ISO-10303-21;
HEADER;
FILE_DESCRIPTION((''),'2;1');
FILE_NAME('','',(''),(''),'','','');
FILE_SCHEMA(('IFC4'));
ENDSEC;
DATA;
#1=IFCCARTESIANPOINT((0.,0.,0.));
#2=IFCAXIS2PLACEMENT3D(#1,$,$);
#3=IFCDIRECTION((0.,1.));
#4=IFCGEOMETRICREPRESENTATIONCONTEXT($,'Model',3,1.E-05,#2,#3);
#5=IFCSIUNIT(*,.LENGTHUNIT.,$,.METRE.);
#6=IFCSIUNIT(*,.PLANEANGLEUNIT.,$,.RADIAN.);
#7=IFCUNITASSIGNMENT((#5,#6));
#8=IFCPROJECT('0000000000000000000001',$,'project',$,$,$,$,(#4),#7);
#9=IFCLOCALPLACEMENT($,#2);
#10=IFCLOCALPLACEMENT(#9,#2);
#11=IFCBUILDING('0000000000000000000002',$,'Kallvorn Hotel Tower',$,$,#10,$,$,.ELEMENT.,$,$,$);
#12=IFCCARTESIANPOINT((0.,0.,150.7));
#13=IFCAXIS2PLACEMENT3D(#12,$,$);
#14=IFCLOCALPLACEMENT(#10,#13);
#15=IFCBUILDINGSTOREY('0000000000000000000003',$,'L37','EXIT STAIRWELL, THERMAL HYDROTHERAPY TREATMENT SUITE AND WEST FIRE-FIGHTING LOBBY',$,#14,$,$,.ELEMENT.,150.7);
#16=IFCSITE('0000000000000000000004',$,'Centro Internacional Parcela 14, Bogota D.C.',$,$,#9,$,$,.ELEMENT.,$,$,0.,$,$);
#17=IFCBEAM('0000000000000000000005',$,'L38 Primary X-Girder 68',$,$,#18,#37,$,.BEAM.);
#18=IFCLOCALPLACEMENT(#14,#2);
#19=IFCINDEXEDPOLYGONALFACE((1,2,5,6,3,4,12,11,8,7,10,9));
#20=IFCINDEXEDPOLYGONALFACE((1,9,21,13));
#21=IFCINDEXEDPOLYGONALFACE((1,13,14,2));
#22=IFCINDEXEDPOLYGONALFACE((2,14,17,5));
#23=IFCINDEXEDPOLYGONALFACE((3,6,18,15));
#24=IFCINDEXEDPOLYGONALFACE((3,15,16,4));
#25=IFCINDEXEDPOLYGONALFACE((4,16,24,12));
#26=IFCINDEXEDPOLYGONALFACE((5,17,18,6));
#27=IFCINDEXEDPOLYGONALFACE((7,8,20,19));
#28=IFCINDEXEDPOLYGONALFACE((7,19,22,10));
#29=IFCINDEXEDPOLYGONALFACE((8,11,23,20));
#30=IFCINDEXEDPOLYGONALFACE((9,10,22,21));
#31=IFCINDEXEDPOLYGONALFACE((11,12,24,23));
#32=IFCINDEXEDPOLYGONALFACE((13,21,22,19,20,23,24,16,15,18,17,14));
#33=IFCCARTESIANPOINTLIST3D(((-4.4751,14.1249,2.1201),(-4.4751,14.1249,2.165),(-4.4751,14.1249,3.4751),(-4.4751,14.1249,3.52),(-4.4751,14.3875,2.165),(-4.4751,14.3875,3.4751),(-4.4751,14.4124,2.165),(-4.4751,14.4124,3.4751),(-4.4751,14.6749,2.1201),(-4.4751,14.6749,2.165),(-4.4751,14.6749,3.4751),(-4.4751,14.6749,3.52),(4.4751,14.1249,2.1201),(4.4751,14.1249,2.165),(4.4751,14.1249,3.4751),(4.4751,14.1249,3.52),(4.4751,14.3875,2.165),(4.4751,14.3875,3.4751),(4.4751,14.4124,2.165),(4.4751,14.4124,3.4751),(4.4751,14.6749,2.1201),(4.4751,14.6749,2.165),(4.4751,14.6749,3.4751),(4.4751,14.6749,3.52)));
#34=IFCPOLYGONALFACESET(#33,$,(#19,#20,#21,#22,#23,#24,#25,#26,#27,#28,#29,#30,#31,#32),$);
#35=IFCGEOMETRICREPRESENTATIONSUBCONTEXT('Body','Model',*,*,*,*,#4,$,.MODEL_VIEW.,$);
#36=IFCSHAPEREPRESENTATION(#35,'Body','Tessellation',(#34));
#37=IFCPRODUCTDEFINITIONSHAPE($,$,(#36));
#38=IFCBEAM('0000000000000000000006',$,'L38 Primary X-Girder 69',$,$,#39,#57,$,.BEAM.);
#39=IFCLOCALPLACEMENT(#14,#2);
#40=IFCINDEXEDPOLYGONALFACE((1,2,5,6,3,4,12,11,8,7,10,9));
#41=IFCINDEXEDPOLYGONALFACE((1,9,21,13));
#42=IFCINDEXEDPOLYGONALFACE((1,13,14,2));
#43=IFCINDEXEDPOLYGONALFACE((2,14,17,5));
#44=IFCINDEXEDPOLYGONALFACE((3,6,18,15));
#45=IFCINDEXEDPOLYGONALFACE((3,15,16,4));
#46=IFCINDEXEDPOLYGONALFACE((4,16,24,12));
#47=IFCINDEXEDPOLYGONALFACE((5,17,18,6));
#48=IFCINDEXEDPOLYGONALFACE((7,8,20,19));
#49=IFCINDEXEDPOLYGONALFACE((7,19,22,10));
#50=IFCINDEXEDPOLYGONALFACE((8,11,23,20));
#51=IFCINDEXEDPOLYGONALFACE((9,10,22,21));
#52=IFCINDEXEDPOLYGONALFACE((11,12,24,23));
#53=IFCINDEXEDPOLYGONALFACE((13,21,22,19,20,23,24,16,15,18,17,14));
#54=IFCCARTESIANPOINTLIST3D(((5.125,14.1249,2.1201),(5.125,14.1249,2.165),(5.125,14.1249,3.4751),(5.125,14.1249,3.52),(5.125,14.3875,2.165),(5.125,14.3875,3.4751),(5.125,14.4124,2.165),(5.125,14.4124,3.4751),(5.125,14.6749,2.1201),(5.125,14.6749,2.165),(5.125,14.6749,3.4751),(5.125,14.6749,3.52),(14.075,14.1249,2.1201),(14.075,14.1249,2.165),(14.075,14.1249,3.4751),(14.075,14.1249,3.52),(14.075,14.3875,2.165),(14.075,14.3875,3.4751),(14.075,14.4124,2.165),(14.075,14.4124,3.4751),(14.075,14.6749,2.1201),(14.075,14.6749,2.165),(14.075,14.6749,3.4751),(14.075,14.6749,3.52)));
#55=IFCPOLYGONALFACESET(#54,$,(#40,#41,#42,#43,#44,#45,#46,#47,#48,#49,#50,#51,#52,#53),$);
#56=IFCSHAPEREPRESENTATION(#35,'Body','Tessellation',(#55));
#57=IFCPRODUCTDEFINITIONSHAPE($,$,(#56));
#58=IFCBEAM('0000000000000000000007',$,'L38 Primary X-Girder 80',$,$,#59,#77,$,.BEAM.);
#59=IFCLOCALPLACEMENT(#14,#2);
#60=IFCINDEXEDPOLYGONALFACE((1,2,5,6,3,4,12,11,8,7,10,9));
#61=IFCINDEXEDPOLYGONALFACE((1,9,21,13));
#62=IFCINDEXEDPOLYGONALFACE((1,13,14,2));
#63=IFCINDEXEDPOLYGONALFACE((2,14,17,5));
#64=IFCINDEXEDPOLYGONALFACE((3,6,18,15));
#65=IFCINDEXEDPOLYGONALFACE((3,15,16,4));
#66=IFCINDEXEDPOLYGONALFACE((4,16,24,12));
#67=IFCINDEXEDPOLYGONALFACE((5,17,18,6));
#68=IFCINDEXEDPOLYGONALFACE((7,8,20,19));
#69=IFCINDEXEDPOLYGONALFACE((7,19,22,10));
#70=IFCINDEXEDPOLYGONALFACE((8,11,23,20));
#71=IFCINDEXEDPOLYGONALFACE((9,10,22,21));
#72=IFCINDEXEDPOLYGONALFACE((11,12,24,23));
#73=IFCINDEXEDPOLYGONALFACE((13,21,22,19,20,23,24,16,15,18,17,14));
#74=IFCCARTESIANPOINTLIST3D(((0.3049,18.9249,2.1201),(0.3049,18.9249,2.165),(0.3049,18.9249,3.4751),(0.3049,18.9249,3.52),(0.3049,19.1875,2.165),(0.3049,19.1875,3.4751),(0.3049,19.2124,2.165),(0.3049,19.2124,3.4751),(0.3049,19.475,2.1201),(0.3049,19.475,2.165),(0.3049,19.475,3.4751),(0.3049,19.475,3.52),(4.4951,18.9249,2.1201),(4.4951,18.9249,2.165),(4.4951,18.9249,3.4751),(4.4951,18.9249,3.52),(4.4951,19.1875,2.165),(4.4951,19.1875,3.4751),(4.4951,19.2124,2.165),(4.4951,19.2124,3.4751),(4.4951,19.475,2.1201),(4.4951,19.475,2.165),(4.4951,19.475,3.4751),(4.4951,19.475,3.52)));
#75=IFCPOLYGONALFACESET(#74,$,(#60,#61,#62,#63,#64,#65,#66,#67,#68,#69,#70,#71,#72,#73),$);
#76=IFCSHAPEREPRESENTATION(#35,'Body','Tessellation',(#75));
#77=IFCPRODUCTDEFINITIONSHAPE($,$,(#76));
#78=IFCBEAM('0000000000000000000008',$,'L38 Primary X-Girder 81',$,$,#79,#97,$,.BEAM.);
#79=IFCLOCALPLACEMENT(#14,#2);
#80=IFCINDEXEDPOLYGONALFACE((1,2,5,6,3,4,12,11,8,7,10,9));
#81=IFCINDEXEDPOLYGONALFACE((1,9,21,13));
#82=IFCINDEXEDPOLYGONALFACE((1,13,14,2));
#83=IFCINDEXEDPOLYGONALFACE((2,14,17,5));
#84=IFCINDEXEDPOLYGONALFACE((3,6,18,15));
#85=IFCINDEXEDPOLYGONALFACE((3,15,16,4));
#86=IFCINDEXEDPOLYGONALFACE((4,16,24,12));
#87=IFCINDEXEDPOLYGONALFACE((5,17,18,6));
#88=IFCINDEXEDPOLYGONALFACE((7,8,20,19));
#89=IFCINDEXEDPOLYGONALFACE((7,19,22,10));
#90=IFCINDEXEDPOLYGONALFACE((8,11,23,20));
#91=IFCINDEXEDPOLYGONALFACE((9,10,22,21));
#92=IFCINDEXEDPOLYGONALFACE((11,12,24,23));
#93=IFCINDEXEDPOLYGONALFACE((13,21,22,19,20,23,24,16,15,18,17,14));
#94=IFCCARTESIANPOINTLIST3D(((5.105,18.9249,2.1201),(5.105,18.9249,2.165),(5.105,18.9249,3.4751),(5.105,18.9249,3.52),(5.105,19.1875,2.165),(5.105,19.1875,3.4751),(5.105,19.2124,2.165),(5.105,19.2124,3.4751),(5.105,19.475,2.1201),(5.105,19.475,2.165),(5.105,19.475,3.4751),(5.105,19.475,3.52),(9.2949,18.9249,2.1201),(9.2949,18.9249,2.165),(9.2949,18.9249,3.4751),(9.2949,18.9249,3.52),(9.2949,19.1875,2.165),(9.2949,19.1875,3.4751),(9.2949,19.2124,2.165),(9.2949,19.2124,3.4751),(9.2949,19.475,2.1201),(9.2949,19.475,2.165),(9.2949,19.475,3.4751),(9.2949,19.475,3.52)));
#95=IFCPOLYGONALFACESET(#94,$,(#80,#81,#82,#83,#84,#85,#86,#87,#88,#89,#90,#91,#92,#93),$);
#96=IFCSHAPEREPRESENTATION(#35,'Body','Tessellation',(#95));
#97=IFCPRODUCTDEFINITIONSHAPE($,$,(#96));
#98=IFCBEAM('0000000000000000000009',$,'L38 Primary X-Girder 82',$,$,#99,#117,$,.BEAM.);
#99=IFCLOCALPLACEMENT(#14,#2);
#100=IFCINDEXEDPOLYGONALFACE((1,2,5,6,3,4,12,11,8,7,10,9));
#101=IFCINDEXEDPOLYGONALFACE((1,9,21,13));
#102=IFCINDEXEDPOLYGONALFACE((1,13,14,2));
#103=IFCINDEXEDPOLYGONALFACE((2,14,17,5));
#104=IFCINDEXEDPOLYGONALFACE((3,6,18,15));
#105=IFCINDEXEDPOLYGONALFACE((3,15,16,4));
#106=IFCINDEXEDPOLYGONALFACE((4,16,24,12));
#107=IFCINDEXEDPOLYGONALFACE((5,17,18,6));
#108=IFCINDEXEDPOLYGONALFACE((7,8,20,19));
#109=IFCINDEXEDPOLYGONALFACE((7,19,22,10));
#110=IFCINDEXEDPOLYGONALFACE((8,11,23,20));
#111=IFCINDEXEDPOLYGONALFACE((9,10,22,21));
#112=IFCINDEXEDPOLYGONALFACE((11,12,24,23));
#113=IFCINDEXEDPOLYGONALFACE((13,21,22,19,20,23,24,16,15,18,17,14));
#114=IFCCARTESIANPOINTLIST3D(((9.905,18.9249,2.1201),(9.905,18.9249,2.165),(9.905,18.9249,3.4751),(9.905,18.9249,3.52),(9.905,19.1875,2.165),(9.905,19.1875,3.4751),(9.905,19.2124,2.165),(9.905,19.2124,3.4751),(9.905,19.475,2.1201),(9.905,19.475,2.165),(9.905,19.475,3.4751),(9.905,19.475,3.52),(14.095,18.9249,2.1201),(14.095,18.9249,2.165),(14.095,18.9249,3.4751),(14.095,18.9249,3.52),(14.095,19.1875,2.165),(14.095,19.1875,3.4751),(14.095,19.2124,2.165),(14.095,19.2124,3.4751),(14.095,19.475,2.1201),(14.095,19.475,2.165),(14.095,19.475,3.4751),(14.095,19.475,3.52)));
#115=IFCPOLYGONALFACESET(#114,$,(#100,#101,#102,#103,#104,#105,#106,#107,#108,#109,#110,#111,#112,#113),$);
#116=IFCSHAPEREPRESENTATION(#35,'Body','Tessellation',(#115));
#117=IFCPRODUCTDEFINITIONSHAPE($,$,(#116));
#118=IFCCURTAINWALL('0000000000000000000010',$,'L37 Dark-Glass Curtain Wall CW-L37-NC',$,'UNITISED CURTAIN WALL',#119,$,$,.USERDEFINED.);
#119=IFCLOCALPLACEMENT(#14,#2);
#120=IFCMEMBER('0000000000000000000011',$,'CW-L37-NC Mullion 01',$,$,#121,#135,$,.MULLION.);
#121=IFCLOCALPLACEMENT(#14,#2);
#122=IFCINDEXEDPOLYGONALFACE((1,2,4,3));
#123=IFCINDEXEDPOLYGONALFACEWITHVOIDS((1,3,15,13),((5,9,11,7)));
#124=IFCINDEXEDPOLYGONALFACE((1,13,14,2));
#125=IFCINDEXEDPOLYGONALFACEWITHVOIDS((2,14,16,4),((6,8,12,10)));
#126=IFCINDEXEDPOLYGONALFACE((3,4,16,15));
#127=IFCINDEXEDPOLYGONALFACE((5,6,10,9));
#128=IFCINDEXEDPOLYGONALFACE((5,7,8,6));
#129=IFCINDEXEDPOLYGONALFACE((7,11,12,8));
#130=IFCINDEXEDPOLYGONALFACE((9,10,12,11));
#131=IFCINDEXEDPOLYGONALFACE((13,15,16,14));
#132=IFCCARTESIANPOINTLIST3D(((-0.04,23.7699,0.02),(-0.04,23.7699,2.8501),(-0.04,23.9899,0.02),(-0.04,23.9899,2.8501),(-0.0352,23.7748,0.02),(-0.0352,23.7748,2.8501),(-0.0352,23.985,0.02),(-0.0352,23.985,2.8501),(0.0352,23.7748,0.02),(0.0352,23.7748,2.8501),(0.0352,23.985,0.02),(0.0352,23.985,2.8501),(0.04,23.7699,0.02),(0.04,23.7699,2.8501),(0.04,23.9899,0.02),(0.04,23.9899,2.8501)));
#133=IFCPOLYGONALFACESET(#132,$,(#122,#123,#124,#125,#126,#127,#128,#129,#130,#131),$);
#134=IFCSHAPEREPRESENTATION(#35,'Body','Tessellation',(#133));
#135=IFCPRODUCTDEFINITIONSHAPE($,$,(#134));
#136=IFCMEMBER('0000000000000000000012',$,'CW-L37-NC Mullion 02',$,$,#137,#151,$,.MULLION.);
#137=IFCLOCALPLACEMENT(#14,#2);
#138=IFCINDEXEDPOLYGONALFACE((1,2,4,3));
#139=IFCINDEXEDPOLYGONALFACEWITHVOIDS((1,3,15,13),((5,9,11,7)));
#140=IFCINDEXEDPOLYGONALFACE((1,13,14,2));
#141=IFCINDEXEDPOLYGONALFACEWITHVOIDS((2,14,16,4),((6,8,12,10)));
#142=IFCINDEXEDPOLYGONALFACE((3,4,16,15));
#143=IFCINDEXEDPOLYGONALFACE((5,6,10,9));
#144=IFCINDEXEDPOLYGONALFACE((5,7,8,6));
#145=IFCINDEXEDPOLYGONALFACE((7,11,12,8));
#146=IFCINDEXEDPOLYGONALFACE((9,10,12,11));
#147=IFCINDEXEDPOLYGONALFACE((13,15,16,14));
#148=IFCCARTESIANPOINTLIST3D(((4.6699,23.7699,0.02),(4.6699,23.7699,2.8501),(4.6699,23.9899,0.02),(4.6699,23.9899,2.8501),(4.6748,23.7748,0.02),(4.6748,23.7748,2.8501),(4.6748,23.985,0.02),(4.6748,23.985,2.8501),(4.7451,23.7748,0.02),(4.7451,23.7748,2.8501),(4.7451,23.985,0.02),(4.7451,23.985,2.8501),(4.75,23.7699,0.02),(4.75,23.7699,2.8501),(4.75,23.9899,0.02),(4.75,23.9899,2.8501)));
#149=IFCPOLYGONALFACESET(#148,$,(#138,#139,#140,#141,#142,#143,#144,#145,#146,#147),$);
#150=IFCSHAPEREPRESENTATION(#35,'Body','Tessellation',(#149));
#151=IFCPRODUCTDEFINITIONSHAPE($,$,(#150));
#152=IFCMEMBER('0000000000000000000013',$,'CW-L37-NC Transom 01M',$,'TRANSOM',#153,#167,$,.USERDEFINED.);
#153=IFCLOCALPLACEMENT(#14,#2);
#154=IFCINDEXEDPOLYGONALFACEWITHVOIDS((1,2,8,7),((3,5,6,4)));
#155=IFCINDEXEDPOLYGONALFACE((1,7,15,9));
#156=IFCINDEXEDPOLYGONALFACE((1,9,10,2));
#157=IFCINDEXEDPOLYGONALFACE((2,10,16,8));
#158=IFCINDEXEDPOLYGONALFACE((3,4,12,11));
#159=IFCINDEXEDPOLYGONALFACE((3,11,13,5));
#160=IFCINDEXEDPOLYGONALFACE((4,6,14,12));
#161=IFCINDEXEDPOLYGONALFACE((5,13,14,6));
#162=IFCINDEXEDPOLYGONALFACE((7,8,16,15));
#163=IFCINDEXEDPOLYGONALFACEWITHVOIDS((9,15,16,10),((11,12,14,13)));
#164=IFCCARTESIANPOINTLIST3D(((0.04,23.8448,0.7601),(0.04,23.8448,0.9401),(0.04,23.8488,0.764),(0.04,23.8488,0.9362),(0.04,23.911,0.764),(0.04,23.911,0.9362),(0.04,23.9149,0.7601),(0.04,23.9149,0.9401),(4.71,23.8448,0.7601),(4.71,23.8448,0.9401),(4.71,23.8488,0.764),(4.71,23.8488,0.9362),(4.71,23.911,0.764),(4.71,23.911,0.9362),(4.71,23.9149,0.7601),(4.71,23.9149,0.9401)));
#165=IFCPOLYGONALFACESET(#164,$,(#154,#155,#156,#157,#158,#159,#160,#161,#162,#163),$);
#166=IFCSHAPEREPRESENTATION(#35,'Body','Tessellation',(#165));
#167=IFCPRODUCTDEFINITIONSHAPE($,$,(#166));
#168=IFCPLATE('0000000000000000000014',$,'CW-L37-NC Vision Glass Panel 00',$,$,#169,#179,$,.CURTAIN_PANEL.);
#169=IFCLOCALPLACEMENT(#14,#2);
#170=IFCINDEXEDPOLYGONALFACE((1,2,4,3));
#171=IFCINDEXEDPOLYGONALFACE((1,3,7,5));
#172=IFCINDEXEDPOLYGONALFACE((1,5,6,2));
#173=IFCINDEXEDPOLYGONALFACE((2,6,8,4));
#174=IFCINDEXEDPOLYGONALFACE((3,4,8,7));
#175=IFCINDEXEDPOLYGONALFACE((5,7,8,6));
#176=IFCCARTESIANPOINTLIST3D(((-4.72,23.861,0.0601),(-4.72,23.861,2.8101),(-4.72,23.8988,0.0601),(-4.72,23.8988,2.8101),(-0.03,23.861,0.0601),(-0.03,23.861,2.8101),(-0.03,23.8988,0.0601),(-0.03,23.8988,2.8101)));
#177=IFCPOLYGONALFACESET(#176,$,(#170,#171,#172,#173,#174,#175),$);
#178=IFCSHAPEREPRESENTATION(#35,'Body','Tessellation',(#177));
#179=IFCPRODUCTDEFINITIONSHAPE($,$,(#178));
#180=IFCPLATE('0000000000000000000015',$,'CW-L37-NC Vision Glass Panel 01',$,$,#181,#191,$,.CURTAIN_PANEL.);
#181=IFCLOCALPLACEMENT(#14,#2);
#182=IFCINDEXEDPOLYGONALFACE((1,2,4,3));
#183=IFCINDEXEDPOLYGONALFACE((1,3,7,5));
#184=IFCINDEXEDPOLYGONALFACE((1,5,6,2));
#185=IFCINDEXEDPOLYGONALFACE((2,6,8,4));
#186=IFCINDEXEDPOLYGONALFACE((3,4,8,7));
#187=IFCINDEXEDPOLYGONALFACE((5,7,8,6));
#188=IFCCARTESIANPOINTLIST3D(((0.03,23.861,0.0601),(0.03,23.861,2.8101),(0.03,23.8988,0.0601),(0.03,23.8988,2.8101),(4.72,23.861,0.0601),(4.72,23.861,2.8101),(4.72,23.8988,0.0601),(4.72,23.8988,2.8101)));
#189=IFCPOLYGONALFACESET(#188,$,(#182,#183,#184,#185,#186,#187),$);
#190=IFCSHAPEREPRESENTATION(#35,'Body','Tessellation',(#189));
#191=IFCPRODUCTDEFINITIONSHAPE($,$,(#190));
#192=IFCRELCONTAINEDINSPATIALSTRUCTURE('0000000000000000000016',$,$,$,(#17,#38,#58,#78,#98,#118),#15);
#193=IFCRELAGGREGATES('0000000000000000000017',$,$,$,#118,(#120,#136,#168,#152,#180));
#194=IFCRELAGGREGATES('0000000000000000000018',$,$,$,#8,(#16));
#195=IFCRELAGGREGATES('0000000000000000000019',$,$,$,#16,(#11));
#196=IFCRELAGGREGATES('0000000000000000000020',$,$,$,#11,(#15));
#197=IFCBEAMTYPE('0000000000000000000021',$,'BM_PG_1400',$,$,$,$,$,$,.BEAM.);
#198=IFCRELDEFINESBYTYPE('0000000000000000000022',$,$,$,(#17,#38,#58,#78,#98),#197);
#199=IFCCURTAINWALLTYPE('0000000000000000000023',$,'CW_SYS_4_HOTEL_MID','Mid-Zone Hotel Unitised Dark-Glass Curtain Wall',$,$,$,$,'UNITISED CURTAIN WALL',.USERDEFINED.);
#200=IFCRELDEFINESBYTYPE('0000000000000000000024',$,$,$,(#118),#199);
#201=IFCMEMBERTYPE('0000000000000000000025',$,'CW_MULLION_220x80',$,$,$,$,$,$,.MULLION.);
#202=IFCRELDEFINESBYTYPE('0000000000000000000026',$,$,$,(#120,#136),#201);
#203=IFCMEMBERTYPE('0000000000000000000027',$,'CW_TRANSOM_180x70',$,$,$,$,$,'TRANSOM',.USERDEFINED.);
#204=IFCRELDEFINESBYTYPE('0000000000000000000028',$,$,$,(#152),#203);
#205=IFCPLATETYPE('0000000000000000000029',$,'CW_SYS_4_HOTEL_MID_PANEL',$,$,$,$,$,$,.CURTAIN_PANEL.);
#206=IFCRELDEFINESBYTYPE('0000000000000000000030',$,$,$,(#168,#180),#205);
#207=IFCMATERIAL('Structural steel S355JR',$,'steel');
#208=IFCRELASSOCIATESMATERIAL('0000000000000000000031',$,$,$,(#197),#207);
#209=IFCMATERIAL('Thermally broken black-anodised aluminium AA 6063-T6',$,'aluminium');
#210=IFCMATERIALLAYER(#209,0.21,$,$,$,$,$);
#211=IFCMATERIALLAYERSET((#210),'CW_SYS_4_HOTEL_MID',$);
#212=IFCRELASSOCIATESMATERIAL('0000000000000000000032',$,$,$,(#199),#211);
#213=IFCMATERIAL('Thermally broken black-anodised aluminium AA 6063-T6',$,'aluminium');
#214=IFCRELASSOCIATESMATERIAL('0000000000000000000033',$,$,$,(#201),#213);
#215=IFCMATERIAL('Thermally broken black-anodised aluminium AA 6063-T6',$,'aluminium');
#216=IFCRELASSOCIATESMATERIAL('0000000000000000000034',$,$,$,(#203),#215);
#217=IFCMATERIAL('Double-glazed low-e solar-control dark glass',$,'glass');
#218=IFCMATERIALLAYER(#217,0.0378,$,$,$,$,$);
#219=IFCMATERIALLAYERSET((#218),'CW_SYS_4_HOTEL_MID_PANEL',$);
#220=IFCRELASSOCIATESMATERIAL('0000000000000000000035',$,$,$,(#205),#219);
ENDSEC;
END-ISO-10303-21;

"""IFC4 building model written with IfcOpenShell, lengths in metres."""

from ifc_helpers import new_model, si_unit, direction, frame, origin, origin_2d, place, context, subcontext, project, spatial, rectangle, hollow_rectangle, i_section, extrude, material, layer, layer_set, material_profile, profile_set, type_object, element, aggregate, save


model = new_model("IFC4")

# Units and contexts
model_context = context("Model", 3, precision=1e-05, world=origin(), true_north=direction((0.0, 1.0)))
body_context = subcontext(model_context, "Body", "Model", "MODEL_VIEW")
ifc_project = project(units=[si_unit("LENGTHUNIT", "METRE"), si_unit("PLANEANGLEUNIT", "RADIAN")], contexts=[model_context])

# Site, building, storey
site_placement = place(None, origin())
site = spatial("IfcSite", under=ifc_project, at=site_placement, Name="Centro Internacional Parcela 14, Bogota D.C.", CompositionType="ELEMENT", RefElevation=0.0)
building_placement = place(site_placement, origin())
building = spatial("IfcBuilding", under=site, at=building_placement, Name="Kallvorn Hotel Tower", CompositionType="ELEMENT")
storey_placement = place(building_placement, frame((0.0, 0.0, 150.7)))
storey = spatial("IfcBuildingStorey", under=building, at=storey_placement, Name="L37", Description="EXIT STAIRWELL, THERMAL HYDROTHERAPY TREATMENT SUITE AND WEST FIRE-FIGHTING LOBBY", CompositionType="ELEMENT", Elevation=150.7)

# Beams
ifc_material_1 = material(Name="Structural steel S355JR", Category="steel")
ifc_material_profile_1 = material_profile(ifc_material_1, i_section(OverallWidth=0.55, OverallDepth=1.3999, WebThickness=0.0249, FlangeThickness=0.0449, at=origin_2d()), Name="PG 1400x550x25x45")
ifc_profile_set_1 = profile_set([ifc_material_profile_1], Name="Structural steel S355JR")
beam_type_1 = type_object("IfcBeamType", Name="BM_PG_1400", PredefinedType="BEAM", material=ifc_profile_set_1)
beam_1_placement = place(storey_placement, frame((-4.4751, 14.3999, 2.8201), z_axis=(1.0, 0.0, 0.0), x_axis=(0.0, 1.0, 0.0)))
element("IfcBeam", 1, at=beam_1_placement, inside=storey, type_object=beam_type_1, Name="L38 Primary X-Girder 68", PredefinedType="BEAM", context=body_context, shape_type="SweptSolid", body=[
    extrude(i_section(OverallWidth=0.55, OverallDepth=1.3999, WebThickness=0.0249, FlangeThickness=0.0449, at=origin_2d()), origin(), (0.0, 0.0, 1.0), 8.9502),
])
beam_2_placement = place(storey_placement, frame((5.125, 14.3999, 2.8201), z_axis=(1.0, 0.0, 0.0), x_axis=(0.0, 1.0, 0.0)))
element("IfcBeam", 2, at=beam_2_placement, inside=storey, type_object=beam_type_1, Name="L38 Primary X-Girder 69", PredefinedType="BEAM", context=body_context, shape_type="SweptSolid", body=[
    extrude(i_section(OverallWidth=0.55, OverallDepth=1.3999, WebThickness=0.0249, FlangeThickness=0.0449, at=origin_2d()), origin(), (0.0, 0.0, 1.0), 8.95),
])
beam_3_placement = place(storey_placement, frame((0.3049, 19.2, 2.8201), z_axis=(1.0, 0.0, 0.0), x_axis=(0.0, 1.0, 0.0)))
element("IfcBeam", 3, at=beam_3_placement, inside=storey, type_object=beam_type_1, Name="L38 Primary X-Girder 80", PredefinedType="BEAM", context=body_context, shape_type="SweptSolid", body=[
    extrude(i_section(OverallWidth=0.55, OverallDepth=1.3999, WebThickness=0.0249, FlangeThickness=0.0449, at=origin_2d()), origin(), (0.0, 0.0, 1.0), 4.1902),
])
for number, where, z_axis, x_axis, name in (
    (4, (5.105, 19.2, 2.8201), (1.0, 0.0, 0.0), (0.0, 1.0, 0.0), "L38 Primary X-Girder 81"),
    (5, (9.905, 19.2, 2.8201), (1.0, 0.0, 0.0), (0.0, 1.0, 0.0), "L38 Primary X-Girder 82"),
):
    element("IfcBeam", number, at=place(storey_placement, frame(where, z_axis=z_axis, x_axis=x_axis)), inside=storey, type_object=beam_type_1, Name=name, PredefinedType="BEAM", context=body_context, shape_type="SweptSolid", body=[
        extrude(i_section(OverallWidth=0.55, OverallDepth=1.3999, WebThickness=0.0249, FlangeThickness=0.0449, at=origin_2d()), origin(), (0.0, 0.0, 1.0), 4.1899),
    ])

# Curtain wall, members, plates
ifc_material_2 = material(Name="Thermally broken black-anodised aluminium AA 6063-T6", Category="aluminium")
ifc_layer_1 = layer(ifc_material_2, 0.21)
ifc_layer_set_1 = layer_set([ifc_layer_1], Name="CW_SYS_4_HOTEL_MID")
curtain_wall_type = type_object("IfcCurtainWallType", Name="CW_SYS_4_HOTEL_MID", Description="Mid-Zone Hotel Unitised Dark-Glass Curtain Wall", ElementType="UNITISED CURTAIN WALL", PredefinedType="USERDEFINED", material=ifc_layer_set_1)
curtain_wall_placement = place(storey_placement, origin())
curtain_wall = element("IfcCurtainWall", 6, at=curtain_wall_placement, inside=storey, type_object=curtain_wall_type, Name="L37 Dark-Glass Curtain Wall CW-L37-NC", ObjectType="UNITISED CURTAIN WALL", PredefinedType="USERDEFINED")
ifc_material_3 = material(Name="Thermally broken black-anodised aluminium AA 6063-T6", Category="aluminium")
ifc_material_profile_2 = material_profile(ifc_material_3, hollow_rectangle(XDim=0.0801, YDim=0.22, WallThickness=0.0049, at=origin_2d()), Name="MUL 220x80")
ifc_profile_set_2 = profile_set([ifc_material_profile_2], Name="Thermally broken black-anodised aluminium AA 6063-T6")
member_type_1 = type_object("IfcMemberType", Name="CW_MULLION_220x80", PredefinedType="MULLION", material=ifc_profile_set_2)
member_1_placement = place(storey_placement, frame((0.0, 23.8799, 0.02), z_axis=(0.0, 0.0, 1.0), x_axis=(1.0, 0.0, 0.0)))
member_1 = element("IfcMember", 7, at=member_1_placement, type_object=member_type_1, Name="CW-L37-NC Mullion 01", PredefinedType="MULLION", context=body_context, shape_type="SweptSolid", body=[
    extrude(hollow_rectangle(XDim=0.0801, YDim=0.22, WallThickness=0.0049, at=origin_2d()), origin(), (0.0, 0.0, 1.0), 2.8301),
])
member_2_placement = place(storey_placement, frame((4.71, 23.8799, 0.02), z_axis=(0.0, 0.0, 1.0), x_axis=(1.0, 0.0, 0.0)))
member_2 = element("IfcMember", 8, at=member_2_placement, type_object=member_type_1, Name="CW-L37-NC Mullion 02", PredefinedType="MULLION", context=body_context, shape_type="SweptSolid", body=[
    extrude(hollow_rectangle(XDim=0.0801, YDim=0.22, WallThickness=0.0049, at=origin_2d()), origin(), (0.0, 0.0, 1.0), 2.8301),
])
ifc_material_4 = material(Name="Thermally broken black-anodised aluminium AA 6063-T6", Category="aluminium")
ifc_material_profile_3 = material_profile(ifc_material_4, hollow_rectangle(XDim=0.0701, YDim=0.1799, WallThickness=0.0039, at=origin_2d()), Name="TRN 180x70")
ifc_profile_set_3 = profile_set([ifc_material_profile_3], Name="Thermally broken black-anodised aluminium AA 6063-T6")
member_type_2 = type_object("IfcMemberType", Name="CW_TRANSOM_180x70", ElementType="TRANSOM", PredefinedType="USERDEFINED", material=ifc_profile_set_3)
member_3_placement = place(storey_placement, frame((0.04, 23.8799, 0.8501), z_axis=(1.0, 0.0, 0.0), x_axis=(0.0, 1.0, 0.0)))
member_3 = element("IfcMember", 9, at=member_3_placement, type_object=member_type_2, Name="CW-L37-NC Transom 01M", ObjectType="TRANSOM", PredefinedType="USERDEFINED", context=body_context, shape_type="SweptSolid", body=[
    extrude(hollow_rectangle(XDim=0.0701, YDim=0.1799, WallThickness=0.0039, at=origin_2d()), origin(), (0.0, 0.0, 1.0), 4.6699),
])
ifc_material_5 = material(Name="Double-glazed low-e solar-control dark glass", Category="glass")
ifc_layer_2 = layer(ifc_material_5, 0.0378)
ifc_layer_set_2 = layer_set([ifc_layer_2], Name="CW_SYS_4_HOTEL_MID_PANEL")
plate_type_1 = type_object("IfcPlateType", Name="CW_SYS_4_HOTEL_MID_PANEL", PredefinedType="CURTAIN_PANEL", material=ifc_layer_set_2)
plate_1_placement = place(storey_placement, frame((-2.375, 23.8799, 0.0601), z_axis=(0.0, 0.0, 1.0), x_axis=(1.0, 0.0, 0.0)))
plate_1 = element("IfcPlate", 10, at=plate_1_placement, type_object=plate_type_1, Name="CW-L37-NC Vision Glass Panel 00", PredefinedType="CURTAIN_PANEL", context=body_context, shape_type="SweptSolid", body=[
    extrude(rectangle(XDim=4.6899, YDim=0.0378, at=origin_2d()), origin(), (0.0, 0.0, 1.0), 2.75),
])
plate_2_placement = place(storey_placement, frame((2.375, 23.8799, 0.0601), z_axis=(0.0, 0.0, 1.0), x_axis=(1.0, 0.0, 0.0)))
plate_2 = element("IfcPlate", 11, at=plate_2_placement, type_object=plate_type_1, Name="CW-L37-NC Vision Glass Panel 01", PredefinedType="CURTAIN_PANEL", context=body_context, shape_type="SweptSolid", body=[
    extrude(rectangle(XDim=4.6899, YDim=0.0378, at=origin_2d()), origin(), (0.0, 0.0, 1.0), 2.75),
])
aggregate(curtain_wall, [member_1, member_2, plate_1, member_3, plate_2])

save(model, "model.ifc")
